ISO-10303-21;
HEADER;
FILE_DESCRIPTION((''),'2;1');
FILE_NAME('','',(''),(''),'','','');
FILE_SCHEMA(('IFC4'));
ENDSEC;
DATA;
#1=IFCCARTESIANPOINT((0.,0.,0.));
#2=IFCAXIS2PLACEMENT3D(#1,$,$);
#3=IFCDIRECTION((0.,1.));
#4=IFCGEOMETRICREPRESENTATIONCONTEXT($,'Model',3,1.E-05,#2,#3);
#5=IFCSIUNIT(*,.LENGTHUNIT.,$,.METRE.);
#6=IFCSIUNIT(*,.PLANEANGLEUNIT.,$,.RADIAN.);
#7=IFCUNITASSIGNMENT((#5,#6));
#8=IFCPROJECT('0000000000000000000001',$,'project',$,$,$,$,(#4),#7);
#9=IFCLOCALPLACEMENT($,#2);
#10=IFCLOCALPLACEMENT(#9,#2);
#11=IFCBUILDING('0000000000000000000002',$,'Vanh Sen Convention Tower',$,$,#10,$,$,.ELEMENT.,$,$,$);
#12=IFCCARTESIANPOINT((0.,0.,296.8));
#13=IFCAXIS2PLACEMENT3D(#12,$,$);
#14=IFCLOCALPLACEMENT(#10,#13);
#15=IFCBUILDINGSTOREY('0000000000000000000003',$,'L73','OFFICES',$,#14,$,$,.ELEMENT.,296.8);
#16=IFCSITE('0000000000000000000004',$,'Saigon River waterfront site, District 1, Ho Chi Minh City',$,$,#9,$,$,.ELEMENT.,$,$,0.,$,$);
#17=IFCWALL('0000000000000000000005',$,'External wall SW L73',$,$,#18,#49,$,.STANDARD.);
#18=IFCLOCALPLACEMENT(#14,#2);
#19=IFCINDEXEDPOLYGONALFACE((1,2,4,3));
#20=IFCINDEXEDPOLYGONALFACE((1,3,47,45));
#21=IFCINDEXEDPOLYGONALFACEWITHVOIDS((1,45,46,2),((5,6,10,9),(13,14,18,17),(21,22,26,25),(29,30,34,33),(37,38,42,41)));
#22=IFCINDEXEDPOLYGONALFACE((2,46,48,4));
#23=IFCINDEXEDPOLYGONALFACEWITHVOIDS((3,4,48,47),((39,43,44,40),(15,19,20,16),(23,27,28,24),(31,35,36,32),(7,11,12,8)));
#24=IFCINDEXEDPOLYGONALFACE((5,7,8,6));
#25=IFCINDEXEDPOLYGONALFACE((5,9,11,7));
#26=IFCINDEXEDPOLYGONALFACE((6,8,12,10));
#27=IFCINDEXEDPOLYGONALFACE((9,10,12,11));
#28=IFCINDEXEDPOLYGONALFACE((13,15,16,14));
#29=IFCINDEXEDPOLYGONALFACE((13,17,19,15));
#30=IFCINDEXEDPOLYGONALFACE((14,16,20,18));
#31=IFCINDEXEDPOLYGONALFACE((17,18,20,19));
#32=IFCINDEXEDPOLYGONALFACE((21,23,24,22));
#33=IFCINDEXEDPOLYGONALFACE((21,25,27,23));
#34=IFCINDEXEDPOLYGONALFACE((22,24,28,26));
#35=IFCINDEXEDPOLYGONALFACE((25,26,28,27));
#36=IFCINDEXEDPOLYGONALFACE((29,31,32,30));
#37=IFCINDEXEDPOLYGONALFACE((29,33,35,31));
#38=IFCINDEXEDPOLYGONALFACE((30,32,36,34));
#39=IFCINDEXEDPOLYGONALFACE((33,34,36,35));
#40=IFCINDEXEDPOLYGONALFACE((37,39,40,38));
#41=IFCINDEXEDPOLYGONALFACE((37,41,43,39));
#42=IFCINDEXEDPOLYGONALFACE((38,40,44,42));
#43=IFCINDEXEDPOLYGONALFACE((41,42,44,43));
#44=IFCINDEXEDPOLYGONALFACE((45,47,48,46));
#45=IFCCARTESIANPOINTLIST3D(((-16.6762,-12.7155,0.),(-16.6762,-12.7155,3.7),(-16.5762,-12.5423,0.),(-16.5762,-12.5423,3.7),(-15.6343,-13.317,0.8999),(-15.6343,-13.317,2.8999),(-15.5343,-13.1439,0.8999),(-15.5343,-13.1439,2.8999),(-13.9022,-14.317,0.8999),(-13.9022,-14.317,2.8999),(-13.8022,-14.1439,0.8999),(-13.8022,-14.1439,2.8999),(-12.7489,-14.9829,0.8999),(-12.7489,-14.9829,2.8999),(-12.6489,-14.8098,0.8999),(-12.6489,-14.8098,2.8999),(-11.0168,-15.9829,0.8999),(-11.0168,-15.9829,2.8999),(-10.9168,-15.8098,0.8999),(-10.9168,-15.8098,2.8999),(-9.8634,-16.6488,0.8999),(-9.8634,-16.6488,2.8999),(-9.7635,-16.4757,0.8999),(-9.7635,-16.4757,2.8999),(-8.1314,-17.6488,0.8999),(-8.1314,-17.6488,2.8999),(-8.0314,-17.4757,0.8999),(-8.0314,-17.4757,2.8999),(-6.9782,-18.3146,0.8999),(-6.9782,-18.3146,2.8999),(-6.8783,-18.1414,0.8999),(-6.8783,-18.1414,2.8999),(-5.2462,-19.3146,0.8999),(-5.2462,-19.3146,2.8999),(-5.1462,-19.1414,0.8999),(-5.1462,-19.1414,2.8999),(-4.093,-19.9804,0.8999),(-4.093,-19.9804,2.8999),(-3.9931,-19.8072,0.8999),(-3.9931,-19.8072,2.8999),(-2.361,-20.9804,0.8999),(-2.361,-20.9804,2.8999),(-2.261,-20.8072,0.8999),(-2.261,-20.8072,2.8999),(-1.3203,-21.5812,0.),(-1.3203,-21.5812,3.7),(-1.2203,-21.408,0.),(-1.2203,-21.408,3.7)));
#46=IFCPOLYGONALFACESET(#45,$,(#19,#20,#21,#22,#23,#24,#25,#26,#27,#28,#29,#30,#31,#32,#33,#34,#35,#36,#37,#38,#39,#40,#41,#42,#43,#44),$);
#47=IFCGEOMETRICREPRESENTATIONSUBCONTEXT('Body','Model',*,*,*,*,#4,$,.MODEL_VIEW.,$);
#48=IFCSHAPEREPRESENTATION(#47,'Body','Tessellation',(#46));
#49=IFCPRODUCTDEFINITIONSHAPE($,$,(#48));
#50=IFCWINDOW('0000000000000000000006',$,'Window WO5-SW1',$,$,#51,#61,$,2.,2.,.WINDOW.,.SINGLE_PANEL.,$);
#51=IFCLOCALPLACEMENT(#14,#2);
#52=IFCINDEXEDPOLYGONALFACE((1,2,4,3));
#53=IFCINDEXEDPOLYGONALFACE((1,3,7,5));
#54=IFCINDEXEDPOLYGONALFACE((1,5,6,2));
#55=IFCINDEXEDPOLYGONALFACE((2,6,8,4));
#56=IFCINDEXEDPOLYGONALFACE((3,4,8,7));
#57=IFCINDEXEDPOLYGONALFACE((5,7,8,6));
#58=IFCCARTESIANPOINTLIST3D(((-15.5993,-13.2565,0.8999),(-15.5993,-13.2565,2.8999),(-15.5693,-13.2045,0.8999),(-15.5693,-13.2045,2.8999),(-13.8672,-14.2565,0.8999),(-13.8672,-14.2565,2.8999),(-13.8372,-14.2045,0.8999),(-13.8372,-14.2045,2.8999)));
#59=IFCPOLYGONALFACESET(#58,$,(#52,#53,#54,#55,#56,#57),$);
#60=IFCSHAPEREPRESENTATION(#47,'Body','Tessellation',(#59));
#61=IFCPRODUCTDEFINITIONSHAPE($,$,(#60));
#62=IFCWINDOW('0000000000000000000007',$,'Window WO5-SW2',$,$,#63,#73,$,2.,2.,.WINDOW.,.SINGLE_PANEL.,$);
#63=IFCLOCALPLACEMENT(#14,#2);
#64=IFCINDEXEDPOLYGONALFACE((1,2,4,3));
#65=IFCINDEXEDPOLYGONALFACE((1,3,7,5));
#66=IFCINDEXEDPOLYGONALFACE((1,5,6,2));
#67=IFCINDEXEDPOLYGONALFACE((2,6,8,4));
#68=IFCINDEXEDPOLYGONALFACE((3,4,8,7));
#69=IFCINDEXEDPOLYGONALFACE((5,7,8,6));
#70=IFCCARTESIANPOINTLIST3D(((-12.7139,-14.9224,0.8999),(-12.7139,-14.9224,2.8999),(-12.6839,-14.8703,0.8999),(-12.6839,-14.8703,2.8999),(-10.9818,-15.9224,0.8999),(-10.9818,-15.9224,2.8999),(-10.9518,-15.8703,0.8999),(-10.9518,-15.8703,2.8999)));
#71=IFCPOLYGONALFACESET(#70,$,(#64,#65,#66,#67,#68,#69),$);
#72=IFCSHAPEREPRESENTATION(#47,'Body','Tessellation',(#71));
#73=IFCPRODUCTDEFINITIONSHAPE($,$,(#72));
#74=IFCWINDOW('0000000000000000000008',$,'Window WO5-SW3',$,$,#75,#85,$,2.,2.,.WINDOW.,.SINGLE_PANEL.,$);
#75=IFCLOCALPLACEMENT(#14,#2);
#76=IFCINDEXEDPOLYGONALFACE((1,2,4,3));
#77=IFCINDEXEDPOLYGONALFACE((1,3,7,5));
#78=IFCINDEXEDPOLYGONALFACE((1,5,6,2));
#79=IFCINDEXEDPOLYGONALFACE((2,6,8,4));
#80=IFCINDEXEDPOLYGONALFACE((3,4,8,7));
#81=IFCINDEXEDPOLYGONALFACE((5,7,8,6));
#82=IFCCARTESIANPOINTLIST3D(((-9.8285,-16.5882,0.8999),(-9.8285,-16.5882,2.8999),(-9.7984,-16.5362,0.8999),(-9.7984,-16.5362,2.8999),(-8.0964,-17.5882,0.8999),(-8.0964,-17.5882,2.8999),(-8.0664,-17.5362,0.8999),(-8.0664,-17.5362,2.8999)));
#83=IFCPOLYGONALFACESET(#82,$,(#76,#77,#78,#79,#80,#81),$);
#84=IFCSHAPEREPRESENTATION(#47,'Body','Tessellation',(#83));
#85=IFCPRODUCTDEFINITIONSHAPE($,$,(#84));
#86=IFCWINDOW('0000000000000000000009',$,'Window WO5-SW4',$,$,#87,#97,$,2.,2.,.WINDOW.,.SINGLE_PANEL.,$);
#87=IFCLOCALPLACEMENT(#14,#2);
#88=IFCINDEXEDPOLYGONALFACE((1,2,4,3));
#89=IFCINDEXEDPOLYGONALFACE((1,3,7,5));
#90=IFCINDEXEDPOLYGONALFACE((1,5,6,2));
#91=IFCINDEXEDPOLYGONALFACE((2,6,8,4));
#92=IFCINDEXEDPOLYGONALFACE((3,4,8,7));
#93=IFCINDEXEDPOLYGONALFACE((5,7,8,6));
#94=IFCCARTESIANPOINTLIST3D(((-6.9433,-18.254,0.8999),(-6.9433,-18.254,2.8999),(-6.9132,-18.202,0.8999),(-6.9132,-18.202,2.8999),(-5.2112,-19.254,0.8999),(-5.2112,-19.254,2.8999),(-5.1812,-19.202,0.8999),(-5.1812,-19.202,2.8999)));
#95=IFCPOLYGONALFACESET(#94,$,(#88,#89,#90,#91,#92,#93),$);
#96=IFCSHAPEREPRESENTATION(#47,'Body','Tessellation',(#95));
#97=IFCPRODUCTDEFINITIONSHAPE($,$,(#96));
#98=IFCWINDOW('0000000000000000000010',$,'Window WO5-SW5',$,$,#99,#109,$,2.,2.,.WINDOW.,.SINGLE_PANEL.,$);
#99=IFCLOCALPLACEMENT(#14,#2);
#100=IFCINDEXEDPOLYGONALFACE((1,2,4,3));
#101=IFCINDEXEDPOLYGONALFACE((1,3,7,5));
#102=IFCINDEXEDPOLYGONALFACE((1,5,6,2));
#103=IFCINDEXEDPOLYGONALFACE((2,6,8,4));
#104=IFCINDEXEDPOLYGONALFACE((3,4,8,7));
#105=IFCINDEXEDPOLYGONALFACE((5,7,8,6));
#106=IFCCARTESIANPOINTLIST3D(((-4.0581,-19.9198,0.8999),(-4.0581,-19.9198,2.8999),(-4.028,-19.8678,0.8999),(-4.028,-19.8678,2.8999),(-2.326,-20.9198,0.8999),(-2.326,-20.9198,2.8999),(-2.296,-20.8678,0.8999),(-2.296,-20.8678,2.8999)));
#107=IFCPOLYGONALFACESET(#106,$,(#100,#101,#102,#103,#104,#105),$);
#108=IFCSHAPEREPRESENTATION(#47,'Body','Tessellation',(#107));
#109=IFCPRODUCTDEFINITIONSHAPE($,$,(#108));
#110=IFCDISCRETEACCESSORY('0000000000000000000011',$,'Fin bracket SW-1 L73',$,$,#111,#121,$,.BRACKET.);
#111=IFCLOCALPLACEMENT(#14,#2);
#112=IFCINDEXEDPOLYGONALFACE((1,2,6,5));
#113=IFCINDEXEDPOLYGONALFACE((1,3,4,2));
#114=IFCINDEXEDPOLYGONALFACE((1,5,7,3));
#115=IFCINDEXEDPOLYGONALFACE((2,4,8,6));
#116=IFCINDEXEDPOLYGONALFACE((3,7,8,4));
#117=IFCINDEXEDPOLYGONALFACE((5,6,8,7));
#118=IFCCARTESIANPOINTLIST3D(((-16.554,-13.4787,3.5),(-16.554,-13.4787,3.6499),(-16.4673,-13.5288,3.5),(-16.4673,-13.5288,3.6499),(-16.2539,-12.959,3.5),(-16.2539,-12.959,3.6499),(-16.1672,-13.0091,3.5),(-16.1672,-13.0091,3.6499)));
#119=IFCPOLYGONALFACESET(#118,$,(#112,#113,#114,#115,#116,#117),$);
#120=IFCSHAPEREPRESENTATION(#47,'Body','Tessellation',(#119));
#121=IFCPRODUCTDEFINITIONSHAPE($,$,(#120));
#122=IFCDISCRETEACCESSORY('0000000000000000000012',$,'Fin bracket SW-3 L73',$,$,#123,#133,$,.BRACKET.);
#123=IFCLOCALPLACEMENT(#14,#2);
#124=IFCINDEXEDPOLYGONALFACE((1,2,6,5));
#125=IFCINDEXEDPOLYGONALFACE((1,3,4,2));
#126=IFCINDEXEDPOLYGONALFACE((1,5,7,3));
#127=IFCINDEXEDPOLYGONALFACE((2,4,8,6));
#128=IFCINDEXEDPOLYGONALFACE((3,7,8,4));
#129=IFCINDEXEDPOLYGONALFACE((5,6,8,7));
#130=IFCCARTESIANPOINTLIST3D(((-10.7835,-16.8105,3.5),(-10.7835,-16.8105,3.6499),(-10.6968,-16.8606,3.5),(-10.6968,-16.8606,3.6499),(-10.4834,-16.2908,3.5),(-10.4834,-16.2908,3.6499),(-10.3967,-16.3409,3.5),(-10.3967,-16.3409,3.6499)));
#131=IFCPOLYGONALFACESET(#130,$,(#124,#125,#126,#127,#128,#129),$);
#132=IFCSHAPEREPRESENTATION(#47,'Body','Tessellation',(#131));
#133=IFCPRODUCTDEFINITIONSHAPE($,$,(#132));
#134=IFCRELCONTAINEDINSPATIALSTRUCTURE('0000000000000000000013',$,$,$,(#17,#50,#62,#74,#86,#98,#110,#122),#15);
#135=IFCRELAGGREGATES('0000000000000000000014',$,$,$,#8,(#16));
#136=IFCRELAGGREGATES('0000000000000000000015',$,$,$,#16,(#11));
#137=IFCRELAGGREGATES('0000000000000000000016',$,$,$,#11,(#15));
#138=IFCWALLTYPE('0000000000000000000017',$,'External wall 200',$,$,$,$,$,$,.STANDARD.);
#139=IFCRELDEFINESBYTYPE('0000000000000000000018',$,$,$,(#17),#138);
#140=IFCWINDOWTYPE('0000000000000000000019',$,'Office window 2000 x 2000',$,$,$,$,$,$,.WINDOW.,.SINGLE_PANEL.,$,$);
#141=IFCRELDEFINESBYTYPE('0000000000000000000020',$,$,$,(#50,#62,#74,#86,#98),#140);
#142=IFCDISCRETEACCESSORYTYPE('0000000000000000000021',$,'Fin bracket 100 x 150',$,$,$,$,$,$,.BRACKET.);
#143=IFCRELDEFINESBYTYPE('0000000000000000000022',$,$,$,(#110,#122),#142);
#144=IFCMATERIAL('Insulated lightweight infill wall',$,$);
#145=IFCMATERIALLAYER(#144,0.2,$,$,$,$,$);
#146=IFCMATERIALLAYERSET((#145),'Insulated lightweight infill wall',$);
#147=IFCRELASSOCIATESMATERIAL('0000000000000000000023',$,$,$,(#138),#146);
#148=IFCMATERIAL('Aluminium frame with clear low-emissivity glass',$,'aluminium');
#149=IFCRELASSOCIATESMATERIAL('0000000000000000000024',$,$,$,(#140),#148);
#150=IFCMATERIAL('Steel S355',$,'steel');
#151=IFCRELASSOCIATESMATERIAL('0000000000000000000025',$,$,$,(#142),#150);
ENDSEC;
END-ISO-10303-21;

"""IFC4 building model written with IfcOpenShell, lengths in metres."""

from ifc_helpers import new_model, si_unit, direction, frame, frame_2d, origin, origin_2d, place, context, subcontext, project, spatial, rectangle, extrude, material, layer, layer_set, type_object, element, fill, save


model = new_model("IFC4")

# Units and contexts
model_context = context("Model", 3, precision=1e-05, world=origin(), true_north=direction((0.0, 1.0)))
body_context = subcontext(model_context, "Body", "Model", "MODEL_VIEW")
ifc_project = project(units=[si_unit("LENGTHUNIT", "METRE"), si_unit("PLANEANGLEUNIT", "RADIAN")], contexts=[model_context])

# Site, building, storey
site_placement = place(None, origin())
site = spatial("IfcSite", under=ifc_project, at=site_placement, Name="Saigon River waterfront site, District 1, Ho Chi Minh City", CompositionType="ELEMENT", RefElevation=0.0)
building_placement = place(site_placement, origin())
building = spatial("IfcBuilding", under=site, at=building_placement, Name="Vanh Sen Convention Tower", CompositionType="ELEMENT")
storey_placement = place(building_placement, frame((0.0, 0.0, 296.8)))
storey = spatial("IfcBuildingStorey", under=building, at=storey_placement, Name="L73", Description="OFFICES", CompositionType="ELEMENT", Elevation=296.8)

# Shared definitions
ifc_material_1 = material(Name="Insulated lightweight infill wall")
ifc_layer_1 = layer(ifc_material_1, 0.2)
ifc_layer_set_1 = layer_set([ifc_layer_1], Name="Insulated lightweight infill wall")
wall_type_1 = type_object("IfcWallType", Name="External wall 200", PredefinedType="STANDARD", material=ifc_layer_set_1)
ifc_material_2 = material(Name="Aluminium frame with clear low-emissivity glass", Category="aluminium")

# Wall, openings, windows
wall_1_placement = place(storey_placement, frame((-16.6262, -12.6289, 0.0), z_axis=(0.0, 0.0, 1.0), x_axis=(0.866026, -0.499998, 0.0)))
wall_1 = element("IfcWall", 1, at=wall_1_placement, inside=storey, type_object=wall_type_1, Name="External wall SW L73", PredefinedType="STANDARD", context=body_context, shape_type="SweptSolid", body=[
    extrude(rectangle(XDim=17.7314, YDim=0.2, at=frame_2d((8.8657, 0.0))), origin(), (0.0, 0.0, 1.0), 3.7),
])
opening_1_placement = place(wall_1_placement, frame((1.2031, 0.0, 0.8999)))
opening_1 = element("IfcOpeningElement", 2, at=opening_1_placement, cuts=wall_1, PredefinedType="OPENING", context=body_context, shape_type="SweptSolid", body=[
    extrude(rectangle(XDim=2.0, YDim=2.0, at=frame_2d((1.0, 1.0))), frame((0.0, 0.1099, 0.0), z_axis=(0.0, -1.0, 0.0), x_axis=(1.0, 0.0, 0.0)), (0.0, 0.0, 1.0), 0.22),
])
opening_2_placement = place(wall_1_placement, frame((4.5349, 0.0, 0.8999)))
opening_2 = element("IfcOpeningElement", 3, at=opening_2_placement, cuts=wall_1, PredefinedType="OPENING", context=body_context, shape_type="SweptSolid", body=[
    extrude(rectangle(XDim=2.0, YDim=2.0, at=frame_2d((1.0, 1.0))), frame((0.0, 0.1099, 0.0), z_axis=(0.0, -1.0, 0.0), x_axis=(1.0, 0.0, 0.0)), (0.0, 0.0, 1.0), 0.22),
])
opening_3_placement = place(wall_1_placement, frame((7.8667, 0.0, 0.8999)))
opening_3 = element("IfcOpeningElement", 4, at=opening_3_placement, cuts=wall_1, PredefinedType="OPENING", context=body_context, shape_type="SweptSolid", body=[
    extrude(rectangle(XDim=2.0, YDim=2.0, at=frame_2d((1.0, 1.0))), frame((0.0, 0.1099, 0.0), z_axis=(0.0, -1.0, 0.0), x_axis=(1.0, 0.0, 0.0)), (0.0, 0.0, 1.0), 0.22),
])
opening_4_placement = place(wall_1_placement, frame((11.1982, 0.0, 0.8999)))
opening_4 = element("IfcOpeningElement", 5, at=opening_4_placement, cuts=wall_1, PredefinedType="OPENING", context=body_context, shape_type="SweptSolid", body=[
    extrude(rectangle(XDim=2.0, YDim=2.0, at=frame_2d((1.0, 1.0))), frame((0.0, 0.1099, 0.0), z_axis=(0.0, -1.0, 0.0), x_axis=(1.0, 0.0, 0.0)), (0.0, 0.0, 1.0), 0.22),
])
opening_5_placement = place(wall_1_placement, frame((14.5298, 0.0, 0.8999)))
opening_5 = element("IfcOpeningElement", 6, at=opening_5_placement, cuts=wall_1, PredefinedType="OPENING", context=body_context, shape_type="SweptSolid", body=[
    extrude(rectangle(XDim=2.0, YDim=2.0, at=frame_2d((1.0, 1.0))), frame((0.0, 0.1099, 0.0), z_axis=(0.0, -1.0, 0.0), x_axis=(1.0, 0.0, 0.0)), (0.0, 0.0, 1.0), 0.22),
])
window_type_1 = type_object("IfcWindowType", Name="Office window 2000 x 2000", PartitioningType="SINGLE_PANEL", PredefinedType="WINDOW", material=ifc_material_2)
window_1_placement = place(opening_1_placement, origin())
window_1 = element("IfcWindow", 7, at=window_1_placement, inside=storey, type_object=window_type_1, Name="Window WO5-SW1", OverallHeight=2.0, OverallWidth=2.0, PartitioningType="SINGLE_PANEL", PredefinedType="WINDOW", context=body_context, shape_type="SweptSolid", body=[
    extrude(rectangle(XDim=2.0, YDim=2.0, at=frame_2d((1.0, 1.0))), frame((0.0, 0.03, 0.0), z_axis=(0.0, -1.0, 0.0), x_axis=(1.0, 0.0, 0.0)), (0.0, 0.0, 1.0), 0.0601),
])
fill(opening_1, window_1)
window_2_placement = place(opening_2_placement, origin())
window_2 = element("IfcWindow", 8, at=window_2_placement, inside=storey, type_object=window_type_1, Name="Window WO5-SW2", OverallHeight=2.0, OverallWidth=2.0, PartitioningType="SINGLE_PANEL", PredefinedType="WINDOW", context=body_context, shape_type="SweptSolid", body=[
    extrude(rectangle(XDim=2.0, YDim=2.0, at=frame_2d((1.0, 1.0))), frame((0.0, 0.03, 0.0), z_axis=(0.0, -1.0, 0.0), x_axis=(1.0, 0.0, 0.0)), (0.0, 0.0, 1.0), 0.0601),
])
fill(opening_2, window_2)
window_3_placement = place(opening_3_placement, origin())
window_3 = element("IfcWindow", 9, at=window_3_placement, inside=storey, type_object=window_type_1, Name="Window WO5-SW3", OverallHeight=2.0, OverallWidth=2.0, PartitioningType="SINGLE_PANEL", PredefinedType="WINDOW", context=body_context, shape_type="SweptSolid", body=[
    extrude(rectangle(XDim=2.0, YDim=2.0, at=frame_2d((1.0, 1.0))), frame((0.0, 0.03, 0.0), z_axis=(0.0, -1.0, 0.0), x_axis=(1.0, 0.0, 0.0)), (0.0, 0.0, 1.0), 0.0601),
])
fill(opening_3, window_3)
window_4_placement = place(opening_4_placement, origin())
window_4 = element("IfcWindow", 10, at=window_4_placement, inside=storey, type_object=window_type_1, Name="Window WO5-SW4", OverallHeight=2.0, OverallWidth=2.0, PartitioningType="SINGLE_PANEL", PredefinedType="WINDOW", context=body_context, shape_type="SweptSolid", body=[
    extrude(rectangle(XDim=2.0, YDim=2.0, at=frame_2d((1.0, 1.0))), frame((0.0, 0.03, 0.0), z_axis=(0.0, -1.0, 0.0), x_axis=(1.0, 0.0, 0.0)), (0.0, 0.0, 1.0), 0.0601),
])
fill(opening_4, window_4)
window_5_placement = place(opening_5_placement, origin())
window_5 = element("IfcWindow", 11, at=window_5_placement, inside=storey, type_object=window_type_1, Name="Window WO5-SW5", OverallHeight=2.0, OverallWidth=2.0, PartitioningType="SINGLE_PANEL", PredefinedType="WINDOW", context=body_context, shape_type="SweptSolid", body=[
    extrude(rectangle(XDim=2.0, YDim=2.0, at=frame_2d((1.0, 1.0))), frame((0.0, 0.03, 0.0), z_axis=(0.0, -1.0, 0.0), x_axis=(1.0, 0.0, 0.0)), (0.0, 0.0, 1.0), 0.0601),
])
fill(opening_5, window_5)

# Discrete accessories
ifc_material_3 = material(Name="Steel S355", Category="steel")
discrete_accessory_type = type_object("IfcDiscreteAccessoryType", Name="Fin bracket 100 x 150", PredefinedType="BRACKET", material=ifc_material_3)
for number, where, z_axis, x_axis, name in (
    (12, (-16.3606, -13.2439, 3.5), (0.0, 0.0, 1.0), (-0.5, -0.866025, 0.0), "Fin bracket SW-1 L73"),
    (13, (-10.5901, -16.5757, 3.5), (0.0, 0.0, 1.0), (-0.5, -0.866025, 0.0), "Fin bracket SW-3 L73"),
):
    element("IfcDiscreteAccessory", number, at=place(storey_placement, frame(where, z_axis=z_axis, x_axis=x_axis)), inside=storey, type_object=discrete_accessory_type, Name=name, PredefinedType="BRACKET", context=body_context, shape_type="SweptSolid", body=[
        extrude(rectangle(XDim=0.6001, YDim=0.1001, at=origin_2d()), origin(), (0.0, 0.0, 1.0), 0.1499),
    ])

save(model, "model.ifc")
